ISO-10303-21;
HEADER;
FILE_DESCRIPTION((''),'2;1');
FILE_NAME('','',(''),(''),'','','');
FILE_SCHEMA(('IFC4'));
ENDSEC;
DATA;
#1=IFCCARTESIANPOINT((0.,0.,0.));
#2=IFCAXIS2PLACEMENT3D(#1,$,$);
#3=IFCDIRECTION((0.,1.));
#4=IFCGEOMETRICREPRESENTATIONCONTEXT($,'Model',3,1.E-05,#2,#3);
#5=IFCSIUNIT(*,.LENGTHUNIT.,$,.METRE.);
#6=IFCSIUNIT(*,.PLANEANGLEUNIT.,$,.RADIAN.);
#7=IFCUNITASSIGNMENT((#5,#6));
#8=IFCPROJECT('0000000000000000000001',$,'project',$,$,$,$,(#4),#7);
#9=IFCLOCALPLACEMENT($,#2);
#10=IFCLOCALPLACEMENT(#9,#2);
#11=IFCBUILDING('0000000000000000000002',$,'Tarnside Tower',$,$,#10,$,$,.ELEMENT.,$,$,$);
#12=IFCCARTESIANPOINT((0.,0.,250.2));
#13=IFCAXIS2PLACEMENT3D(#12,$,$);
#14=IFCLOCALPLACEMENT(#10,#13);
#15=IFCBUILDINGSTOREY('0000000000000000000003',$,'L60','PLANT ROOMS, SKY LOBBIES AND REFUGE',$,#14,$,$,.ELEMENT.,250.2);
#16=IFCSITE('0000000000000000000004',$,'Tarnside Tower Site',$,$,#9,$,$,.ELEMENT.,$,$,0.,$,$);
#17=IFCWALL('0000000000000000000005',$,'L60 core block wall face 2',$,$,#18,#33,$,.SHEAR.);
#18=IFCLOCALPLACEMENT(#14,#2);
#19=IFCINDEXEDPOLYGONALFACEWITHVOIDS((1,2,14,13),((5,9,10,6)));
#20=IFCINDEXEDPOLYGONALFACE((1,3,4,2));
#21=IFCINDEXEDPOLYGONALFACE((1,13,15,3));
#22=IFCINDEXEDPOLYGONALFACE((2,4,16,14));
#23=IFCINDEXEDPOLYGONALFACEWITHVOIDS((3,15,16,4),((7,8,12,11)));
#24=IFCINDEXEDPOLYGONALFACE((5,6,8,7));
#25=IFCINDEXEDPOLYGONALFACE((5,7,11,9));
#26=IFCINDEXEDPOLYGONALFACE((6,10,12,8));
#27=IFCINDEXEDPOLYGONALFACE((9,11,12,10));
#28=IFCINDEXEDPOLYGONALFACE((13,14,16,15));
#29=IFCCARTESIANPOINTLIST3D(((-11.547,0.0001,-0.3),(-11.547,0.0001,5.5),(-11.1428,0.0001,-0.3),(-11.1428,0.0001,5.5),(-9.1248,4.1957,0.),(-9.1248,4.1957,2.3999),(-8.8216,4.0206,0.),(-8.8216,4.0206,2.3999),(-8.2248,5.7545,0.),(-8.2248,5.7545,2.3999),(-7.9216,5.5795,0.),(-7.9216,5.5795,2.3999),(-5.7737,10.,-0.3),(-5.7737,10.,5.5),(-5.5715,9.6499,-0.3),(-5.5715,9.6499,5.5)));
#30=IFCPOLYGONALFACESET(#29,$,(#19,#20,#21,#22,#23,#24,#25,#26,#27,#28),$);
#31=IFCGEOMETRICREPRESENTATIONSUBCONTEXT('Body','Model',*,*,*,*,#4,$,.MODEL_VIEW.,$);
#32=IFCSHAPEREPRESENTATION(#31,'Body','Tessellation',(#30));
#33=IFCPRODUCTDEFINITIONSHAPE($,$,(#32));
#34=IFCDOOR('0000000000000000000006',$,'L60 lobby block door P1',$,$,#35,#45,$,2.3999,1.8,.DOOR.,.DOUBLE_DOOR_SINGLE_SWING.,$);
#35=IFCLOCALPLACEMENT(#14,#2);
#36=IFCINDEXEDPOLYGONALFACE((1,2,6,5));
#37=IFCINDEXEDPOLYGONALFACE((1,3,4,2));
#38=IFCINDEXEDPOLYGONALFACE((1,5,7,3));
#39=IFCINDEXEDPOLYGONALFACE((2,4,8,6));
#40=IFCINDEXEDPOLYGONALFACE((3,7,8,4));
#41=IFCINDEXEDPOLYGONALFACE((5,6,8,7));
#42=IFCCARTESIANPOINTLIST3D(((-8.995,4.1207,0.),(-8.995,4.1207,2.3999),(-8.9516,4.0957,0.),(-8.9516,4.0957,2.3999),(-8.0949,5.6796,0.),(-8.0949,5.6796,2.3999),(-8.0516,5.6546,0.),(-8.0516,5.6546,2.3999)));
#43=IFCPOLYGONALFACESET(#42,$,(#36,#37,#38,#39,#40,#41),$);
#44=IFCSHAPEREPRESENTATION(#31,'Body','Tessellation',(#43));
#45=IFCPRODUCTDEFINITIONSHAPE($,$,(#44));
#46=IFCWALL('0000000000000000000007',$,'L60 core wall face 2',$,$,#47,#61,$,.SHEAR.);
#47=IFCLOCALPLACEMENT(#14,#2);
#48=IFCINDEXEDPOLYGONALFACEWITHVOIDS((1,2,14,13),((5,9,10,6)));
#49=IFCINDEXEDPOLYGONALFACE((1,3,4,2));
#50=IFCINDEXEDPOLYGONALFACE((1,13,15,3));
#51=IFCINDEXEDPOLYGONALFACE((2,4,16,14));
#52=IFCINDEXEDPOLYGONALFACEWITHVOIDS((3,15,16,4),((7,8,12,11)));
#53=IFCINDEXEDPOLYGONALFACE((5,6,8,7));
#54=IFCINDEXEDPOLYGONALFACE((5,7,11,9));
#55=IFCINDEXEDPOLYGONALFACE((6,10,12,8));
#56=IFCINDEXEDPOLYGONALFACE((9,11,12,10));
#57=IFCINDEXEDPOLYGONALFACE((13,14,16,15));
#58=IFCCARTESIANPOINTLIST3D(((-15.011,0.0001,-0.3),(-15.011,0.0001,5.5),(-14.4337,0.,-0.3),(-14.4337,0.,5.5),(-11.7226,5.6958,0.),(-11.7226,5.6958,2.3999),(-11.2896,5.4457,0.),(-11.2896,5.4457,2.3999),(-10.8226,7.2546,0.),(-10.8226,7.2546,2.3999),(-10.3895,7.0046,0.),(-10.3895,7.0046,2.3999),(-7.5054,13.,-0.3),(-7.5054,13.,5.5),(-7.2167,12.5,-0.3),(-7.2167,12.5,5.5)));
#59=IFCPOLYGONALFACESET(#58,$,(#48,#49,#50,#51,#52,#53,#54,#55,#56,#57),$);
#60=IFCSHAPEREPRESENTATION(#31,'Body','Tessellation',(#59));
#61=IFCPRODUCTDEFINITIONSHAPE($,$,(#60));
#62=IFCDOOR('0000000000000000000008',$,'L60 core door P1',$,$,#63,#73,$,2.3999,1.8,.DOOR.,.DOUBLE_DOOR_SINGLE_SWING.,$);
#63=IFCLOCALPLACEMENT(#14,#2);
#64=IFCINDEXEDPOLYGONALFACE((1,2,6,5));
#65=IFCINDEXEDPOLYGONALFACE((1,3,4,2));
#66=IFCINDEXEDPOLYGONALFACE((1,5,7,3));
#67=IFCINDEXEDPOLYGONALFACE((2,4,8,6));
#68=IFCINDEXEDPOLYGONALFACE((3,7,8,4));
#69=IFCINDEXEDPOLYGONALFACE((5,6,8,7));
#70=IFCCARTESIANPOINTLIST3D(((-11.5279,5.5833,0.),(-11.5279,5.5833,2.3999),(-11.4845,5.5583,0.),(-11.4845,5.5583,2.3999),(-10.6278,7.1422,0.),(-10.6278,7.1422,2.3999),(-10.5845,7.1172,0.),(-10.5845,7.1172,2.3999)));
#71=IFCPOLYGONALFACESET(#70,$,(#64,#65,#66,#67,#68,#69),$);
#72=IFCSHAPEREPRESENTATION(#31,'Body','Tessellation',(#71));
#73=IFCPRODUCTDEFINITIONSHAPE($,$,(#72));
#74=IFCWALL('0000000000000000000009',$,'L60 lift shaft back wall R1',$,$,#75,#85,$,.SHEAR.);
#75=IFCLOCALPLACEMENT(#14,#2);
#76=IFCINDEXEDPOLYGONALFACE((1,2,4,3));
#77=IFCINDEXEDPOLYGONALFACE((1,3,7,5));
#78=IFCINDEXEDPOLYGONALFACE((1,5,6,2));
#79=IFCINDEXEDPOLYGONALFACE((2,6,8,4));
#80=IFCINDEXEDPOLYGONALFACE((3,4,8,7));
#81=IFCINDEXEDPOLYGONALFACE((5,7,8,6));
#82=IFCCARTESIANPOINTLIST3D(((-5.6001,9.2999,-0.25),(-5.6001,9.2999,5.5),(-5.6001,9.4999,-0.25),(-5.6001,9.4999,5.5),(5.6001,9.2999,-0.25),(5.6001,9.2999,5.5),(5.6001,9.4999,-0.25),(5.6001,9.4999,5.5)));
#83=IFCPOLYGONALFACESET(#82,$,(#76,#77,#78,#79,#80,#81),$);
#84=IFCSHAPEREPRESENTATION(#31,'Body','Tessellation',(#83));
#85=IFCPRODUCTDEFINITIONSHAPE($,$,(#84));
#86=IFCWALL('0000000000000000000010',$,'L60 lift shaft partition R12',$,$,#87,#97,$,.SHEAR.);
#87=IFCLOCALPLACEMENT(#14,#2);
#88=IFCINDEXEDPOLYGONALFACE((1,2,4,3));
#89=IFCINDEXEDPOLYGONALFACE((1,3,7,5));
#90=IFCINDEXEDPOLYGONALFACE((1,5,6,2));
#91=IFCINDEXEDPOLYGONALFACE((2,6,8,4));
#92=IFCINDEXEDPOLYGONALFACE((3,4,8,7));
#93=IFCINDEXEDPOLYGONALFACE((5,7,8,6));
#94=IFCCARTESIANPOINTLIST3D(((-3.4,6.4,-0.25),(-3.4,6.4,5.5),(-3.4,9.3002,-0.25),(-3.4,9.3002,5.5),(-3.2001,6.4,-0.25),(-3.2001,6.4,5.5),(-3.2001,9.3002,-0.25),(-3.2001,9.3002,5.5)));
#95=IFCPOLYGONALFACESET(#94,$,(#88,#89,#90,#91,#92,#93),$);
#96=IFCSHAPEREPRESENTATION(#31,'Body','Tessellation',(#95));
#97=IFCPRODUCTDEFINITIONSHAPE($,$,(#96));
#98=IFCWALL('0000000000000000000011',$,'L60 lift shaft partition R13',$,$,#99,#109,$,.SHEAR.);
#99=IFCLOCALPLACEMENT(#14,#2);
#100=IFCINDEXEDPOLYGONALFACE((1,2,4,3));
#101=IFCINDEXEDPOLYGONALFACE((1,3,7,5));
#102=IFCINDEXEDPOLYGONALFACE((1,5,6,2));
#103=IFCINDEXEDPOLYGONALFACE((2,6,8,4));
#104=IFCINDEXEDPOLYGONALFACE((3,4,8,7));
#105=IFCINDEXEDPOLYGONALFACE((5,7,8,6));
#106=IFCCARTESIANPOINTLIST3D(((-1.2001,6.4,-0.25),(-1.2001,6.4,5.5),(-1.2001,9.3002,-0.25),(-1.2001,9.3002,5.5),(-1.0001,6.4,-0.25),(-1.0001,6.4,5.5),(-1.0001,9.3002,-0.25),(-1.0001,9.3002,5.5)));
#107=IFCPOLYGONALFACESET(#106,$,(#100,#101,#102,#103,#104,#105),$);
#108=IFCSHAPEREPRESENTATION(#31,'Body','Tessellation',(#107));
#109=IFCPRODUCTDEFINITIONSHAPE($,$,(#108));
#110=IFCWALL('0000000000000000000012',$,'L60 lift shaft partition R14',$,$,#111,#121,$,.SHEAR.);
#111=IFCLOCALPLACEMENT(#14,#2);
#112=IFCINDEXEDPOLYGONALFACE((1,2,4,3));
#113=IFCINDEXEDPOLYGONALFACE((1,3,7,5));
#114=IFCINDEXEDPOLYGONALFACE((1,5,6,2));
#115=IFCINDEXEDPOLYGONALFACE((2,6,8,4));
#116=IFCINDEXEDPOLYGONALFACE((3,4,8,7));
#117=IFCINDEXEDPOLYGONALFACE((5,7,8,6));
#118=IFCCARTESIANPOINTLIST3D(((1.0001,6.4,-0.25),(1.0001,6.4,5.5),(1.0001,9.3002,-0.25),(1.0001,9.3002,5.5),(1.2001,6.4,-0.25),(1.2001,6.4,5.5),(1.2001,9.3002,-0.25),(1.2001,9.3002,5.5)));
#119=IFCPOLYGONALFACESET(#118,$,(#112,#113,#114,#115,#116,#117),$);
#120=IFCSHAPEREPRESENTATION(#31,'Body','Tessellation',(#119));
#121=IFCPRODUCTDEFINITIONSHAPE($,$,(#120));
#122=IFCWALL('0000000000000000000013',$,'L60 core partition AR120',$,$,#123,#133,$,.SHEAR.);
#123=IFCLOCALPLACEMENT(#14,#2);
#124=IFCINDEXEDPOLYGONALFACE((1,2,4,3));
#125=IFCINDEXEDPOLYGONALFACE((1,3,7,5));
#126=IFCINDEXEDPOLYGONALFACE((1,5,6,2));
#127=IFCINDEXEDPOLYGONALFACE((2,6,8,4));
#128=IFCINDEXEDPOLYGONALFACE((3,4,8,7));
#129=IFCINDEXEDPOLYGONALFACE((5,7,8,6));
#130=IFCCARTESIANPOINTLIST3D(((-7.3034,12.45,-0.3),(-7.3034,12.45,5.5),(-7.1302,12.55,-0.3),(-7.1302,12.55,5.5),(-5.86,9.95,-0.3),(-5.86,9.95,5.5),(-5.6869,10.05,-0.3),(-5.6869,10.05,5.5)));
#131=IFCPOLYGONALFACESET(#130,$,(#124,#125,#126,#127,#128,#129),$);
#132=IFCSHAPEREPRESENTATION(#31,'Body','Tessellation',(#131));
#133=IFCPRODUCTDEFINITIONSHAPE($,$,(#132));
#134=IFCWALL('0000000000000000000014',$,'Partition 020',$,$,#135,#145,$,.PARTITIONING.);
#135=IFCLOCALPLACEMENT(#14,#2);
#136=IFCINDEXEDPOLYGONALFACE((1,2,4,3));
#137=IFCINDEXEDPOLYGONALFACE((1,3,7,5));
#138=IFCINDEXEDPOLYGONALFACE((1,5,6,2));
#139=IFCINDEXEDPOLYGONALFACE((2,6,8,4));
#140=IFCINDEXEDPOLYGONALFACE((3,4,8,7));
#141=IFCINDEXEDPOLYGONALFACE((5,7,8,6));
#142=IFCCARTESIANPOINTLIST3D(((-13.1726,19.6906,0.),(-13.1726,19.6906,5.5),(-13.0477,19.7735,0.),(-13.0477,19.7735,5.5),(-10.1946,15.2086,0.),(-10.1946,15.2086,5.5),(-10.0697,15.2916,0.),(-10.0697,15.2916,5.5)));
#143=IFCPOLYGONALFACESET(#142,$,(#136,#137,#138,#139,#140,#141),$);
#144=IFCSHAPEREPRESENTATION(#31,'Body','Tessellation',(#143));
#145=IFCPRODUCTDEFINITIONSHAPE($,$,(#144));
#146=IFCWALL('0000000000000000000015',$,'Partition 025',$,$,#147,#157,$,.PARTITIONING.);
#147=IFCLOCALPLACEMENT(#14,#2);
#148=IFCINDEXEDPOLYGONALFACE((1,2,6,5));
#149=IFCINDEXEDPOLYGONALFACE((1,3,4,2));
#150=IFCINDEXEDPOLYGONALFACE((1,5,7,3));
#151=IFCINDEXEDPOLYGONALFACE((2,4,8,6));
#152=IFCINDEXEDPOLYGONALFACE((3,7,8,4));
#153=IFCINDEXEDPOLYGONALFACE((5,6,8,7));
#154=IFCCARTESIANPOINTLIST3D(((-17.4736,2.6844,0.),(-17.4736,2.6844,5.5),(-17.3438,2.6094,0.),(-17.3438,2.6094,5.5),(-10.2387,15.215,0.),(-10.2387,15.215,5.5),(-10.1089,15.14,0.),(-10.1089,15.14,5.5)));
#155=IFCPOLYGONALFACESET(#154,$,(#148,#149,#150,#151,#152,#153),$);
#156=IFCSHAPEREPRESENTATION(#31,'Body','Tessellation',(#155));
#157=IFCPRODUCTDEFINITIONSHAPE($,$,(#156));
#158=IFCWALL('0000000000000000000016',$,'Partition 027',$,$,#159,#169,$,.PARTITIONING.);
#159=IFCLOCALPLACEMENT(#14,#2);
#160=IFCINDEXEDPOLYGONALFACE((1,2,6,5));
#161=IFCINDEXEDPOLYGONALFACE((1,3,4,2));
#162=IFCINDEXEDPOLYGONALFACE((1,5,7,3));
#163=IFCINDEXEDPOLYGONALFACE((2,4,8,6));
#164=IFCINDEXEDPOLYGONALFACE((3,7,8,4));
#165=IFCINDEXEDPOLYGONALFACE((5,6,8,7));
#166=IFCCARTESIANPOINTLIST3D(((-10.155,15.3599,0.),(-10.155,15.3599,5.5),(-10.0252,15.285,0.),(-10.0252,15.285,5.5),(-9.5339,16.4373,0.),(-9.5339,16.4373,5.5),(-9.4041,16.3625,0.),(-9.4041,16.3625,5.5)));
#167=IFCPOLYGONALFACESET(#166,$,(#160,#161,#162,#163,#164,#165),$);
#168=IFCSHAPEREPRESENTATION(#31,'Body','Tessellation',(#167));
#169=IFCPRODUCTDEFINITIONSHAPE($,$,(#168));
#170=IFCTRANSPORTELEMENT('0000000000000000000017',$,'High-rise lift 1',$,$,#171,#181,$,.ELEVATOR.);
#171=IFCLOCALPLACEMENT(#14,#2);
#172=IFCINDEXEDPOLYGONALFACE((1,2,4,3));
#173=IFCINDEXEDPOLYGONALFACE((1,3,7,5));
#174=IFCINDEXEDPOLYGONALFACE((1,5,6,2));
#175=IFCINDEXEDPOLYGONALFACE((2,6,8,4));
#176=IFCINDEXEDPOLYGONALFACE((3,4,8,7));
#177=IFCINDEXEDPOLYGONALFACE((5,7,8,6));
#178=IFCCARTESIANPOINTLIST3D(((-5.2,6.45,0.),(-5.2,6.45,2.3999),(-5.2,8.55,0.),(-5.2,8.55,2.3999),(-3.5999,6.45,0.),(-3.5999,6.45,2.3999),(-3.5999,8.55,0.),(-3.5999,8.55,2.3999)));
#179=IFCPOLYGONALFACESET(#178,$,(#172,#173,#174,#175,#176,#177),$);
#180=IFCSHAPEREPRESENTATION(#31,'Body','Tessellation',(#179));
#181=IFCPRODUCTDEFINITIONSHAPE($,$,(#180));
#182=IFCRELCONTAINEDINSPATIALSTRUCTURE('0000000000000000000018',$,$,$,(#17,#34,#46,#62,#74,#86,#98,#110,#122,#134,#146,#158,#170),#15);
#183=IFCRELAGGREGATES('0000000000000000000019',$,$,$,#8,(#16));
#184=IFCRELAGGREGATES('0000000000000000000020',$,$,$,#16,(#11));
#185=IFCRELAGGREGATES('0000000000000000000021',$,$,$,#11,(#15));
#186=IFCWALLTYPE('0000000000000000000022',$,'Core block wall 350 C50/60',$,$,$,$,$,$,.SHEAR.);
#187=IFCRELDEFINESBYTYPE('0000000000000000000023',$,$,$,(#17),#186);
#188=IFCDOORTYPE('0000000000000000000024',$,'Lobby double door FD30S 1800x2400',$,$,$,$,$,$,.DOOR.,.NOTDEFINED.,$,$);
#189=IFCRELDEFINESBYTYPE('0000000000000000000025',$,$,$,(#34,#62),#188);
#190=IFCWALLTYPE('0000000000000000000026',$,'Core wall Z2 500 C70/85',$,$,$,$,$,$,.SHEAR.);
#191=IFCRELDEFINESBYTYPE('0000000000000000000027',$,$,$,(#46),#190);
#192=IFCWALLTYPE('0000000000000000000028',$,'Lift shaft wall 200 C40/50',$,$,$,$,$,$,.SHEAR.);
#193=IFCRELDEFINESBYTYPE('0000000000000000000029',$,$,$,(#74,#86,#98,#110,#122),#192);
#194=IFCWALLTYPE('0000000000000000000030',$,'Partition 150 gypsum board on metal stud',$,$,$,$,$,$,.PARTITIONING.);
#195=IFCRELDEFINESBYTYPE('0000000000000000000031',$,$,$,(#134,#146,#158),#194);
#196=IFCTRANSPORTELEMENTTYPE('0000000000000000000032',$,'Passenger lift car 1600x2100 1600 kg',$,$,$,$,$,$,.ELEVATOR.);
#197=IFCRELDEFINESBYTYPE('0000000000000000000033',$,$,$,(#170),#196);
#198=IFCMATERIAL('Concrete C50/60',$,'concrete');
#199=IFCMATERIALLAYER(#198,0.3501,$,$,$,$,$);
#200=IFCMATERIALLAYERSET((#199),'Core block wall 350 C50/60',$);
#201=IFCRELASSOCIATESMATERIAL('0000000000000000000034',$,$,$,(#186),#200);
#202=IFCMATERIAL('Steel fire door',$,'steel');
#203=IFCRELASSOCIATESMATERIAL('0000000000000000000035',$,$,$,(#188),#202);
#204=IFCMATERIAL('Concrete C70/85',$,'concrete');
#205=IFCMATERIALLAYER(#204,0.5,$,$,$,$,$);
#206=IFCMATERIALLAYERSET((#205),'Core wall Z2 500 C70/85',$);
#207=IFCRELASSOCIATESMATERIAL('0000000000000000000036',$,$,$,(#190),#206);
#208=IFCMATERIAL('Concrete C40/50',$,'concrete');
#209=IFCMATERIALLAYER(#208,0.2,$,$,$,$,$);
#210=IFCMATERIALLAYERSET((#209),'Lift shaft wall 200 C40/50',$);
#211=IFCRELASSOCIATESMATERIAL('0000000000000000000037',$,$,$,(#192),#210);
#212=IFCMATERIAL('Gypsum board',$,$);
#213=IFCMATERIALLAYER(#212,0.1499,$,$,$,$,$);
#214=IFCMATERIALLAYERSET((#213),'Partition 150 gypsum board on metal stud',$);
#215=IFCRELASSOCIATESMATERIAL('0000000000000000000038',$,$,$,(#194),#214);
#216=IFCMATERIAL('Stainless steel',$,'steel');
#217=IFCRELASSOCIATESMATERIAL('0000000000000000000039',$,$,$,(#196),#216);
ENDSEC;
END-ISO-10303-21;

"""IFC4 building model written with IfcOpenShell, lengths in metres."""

from ifc_helpers import new_model, si_unit, direction, frame, frame_2d, origin, origin_2d, place, context, subcontext, project, spatial, polyline, rectangle, outline, extrude, material, layer, layer_set, type_object, element, fill, save


model = new_model("IFC4")

# Units and contexts
model_context = context("Model", 3, precision=1e-05, world=origin(), true_north=direction((0.0, 1.0)))
body_context = subcontext(model_context, "Body", "Model", "MODEL_VIEW")
ifc_project = project(units=[si_unit("LENGTHUNIT", "METRE"), si_unit("PLANEANGLEUNIT", "RADIAN")], contexts=[model_context])

# Site, building, storey
site_placement = place(None, origin())
site = spatial("IfcSite", under=ifc_project, at=site_placement, Name="Tarnside Tower Site", CompositionType="ELEMENT", RefElevation=0.0)
building_placement = place(site_placement, origin())
building = spatial("IfcBuilding", under=site, at=building_placement, Name="Tarnside Tower", CompositionType="ELEMENT")
storey_placement = place(building_placement, frame((0.0, 0.0, 250.2)))
storey = spatial("IfcBuildingStorey", under=building, at=storey_placement, Name="L60", Description="PLANT ROOMS, SKY LOBBIES AND REFUGE", CompositionType="ELEMENT", Elevation=250.2)

# Walls, openings, doors
ifc_material_1 = material(Name="Concrete C50/60", Category="concrete")
ifc_layer_1 = layer(ifc_material_1, 0.3501)
ifc_layer_set_1 = layer_set([ifc_layer_1], Name="Core block wall 350 C50/60")
wall_type_1 = type_object("IfcWallType", Name="Core block wall 350 C50/60", PredefinedType="SHEAR", material=ifc_layer_set_1)
wall_1_placement = place(storey_placement, frame((-5.6726, 9.825, -0.3), z_axis=(0.0, 0.0, 1.0), x_axis=(-0.499995, -0.866028, 0.0)))
wall_1 = element("IfcWall", 1, at=wall_1_placement, inside=storey, type_object=wall_type_1, Name="L60 core block wall face 2", PredefinedType="SHEAR", context=body_context, shape_type="SweptSolid", body=[
    extrude(outline(polyline([(-0.1011, -0.175), (11.4458, -0.175), (11.2437, 0.175), (0.1011, 0.175), (-0.1011, -0.175)])), origin(), (0.0, 0.0, 1.0), 5.8),
])
opening_1_placement = place(wall_1_placement, frame((4.8013, 0.0, 0.3)))
opening_1 = element("IfcOpeningElement", 2, at=opening_1_placement, cuts=wall_1, PredefinedType="OPENING", context=body_context, shape_type="SweptSolid", body=[
    extrude(rectangle(XDim=1.8, YDim=2.3999, at=frame_2d((0.8999, 1.2))), frame((0.0, 0.1851, 0.0), z_axis=(0.0, -1.0, 0.0), x_axis=(1.0, 0.0, 0.0)), (0.0, 0.0, 1.0), 0.3701),
])
ifc_material_2 = material(Name="Steel fire door", Category="steel")
door_type = type_object("IfcDoorType", Name="Lobby double door FD30S 1800x2400", OperationType="NOTDEFINED", PredefinedType="DOOR", material=ifc_material_2)
door_1_placement = place(opening_1_placement, origin())
door_1 = element("IfcDoor", 3, at=door_1_placement, inside=storey, type_object=door_type, Name="L60 lobby block door P1", OperationType="DOUBLE_DOOR_SINGLE_SWING", OverallHeight=2.3999, OverallWidth=1.8, PredefinedType="DOOR", context=body_context, shape_type="SweptSolid", body=[
    extrude(rectangle(XDim=1.8, YDim=2.3999, at=frame_2d((0.8999, 1.2))), frame((0.0, 0.0249, 0.0), z_axis=(0.0, -1.0, 0.0), x_axis=(1.0, 0.0, 0.0)), (0.0, 0.0, 1.0), 0.05),
])
fill(opening_1, door_1)
ifc_material_3 = material(Name="Concrete C70/85", Category="concrete")
ifc_layer_2 = layer(ifc_material_3, 0.5)
ifc_layer_set_2 = layer_set([ifc_layer_2], Name="Core wall Z2 500 C70/85")
wall_type_2 = type_object("IfcWallType", Name="Core wall Z2 500 C70/85", PredefinedType="SHEAR", material=ifc_layer_set_2)
wall_2_placement = place(storey_placement, frame((-7.3611, 12.75, -0.3), z_axis=(0.0, 0.0, 1.0), x_axis=(-0.500006, -0.866022, 0.0)))
wall_2 = element("IfcWall", 4, at=wall_2_placement, inside=storey, type_object=wall_type_2, Name="L60 core wall face 2", PredefinedType="SHEAR", context=body_context, shape_type="SweptSolid", body=[
    extrude(outline(polyline([(-0.1443, -0.25), (14.8667, -0.25), (14.5781, 0.25), (0.1443, 0.25), (-0.1443, -0.25)])), origin(), (0.0, 0.0, 1.0), 5.8),
])
opening_2_placement = place(wall_2_placement, frame((6.49, 0.0, 0.3)))
opening_2 = element("IfcOpeningElement", 5, at=opening_2_placement, cuts=wall_2, PredefinedType="OPENING", context=body_context, shape_type="SweptSolid", body=[
    extrude(rectangle(XDim=1.8, YDim=2.3999, at=frame_2d((0.8999, 1.2))), frame((0.0, 0.26, 0.0), z_axis=(0.0, -1.0, 0.0), x_axis=(1.0, 0.0, 0.0)), (0.0, 0.0, 1.0), 0.52),
])
door_2_placement = place(opening_2_placement, origin())
door_2 = element("IfcDoor", 6, at=door_2_placement, inside=storey, type_object=door_type, Name="L60 core door P1", OperationType="DOUBLE_DOOR_SINGLE_SWING", OverallHeight=2.3999, OverallWidth=1.8, PredefinedType="DOOR", context=body_context, shape_type="SweptSolid", body=[
    extrude(rectangle(XDim=1.8, YDim=2.3999, at=frame_2d((0.8999, 1.2))), frame((0.0, 0.0249, 0.0), z_axis=(0.0, -1.0, 0.0), x_axis=(1.0, 0.0, 0.0)), (0.0, 0.0, 1.0), 0.05),
])
fill(opening_2, door_2)

# Walls
ifc_material_4 = material(Name="Concrete C40/50", Category="concrete")
ifc_layer_3 = layer(ifc_material_4, 0.2)
ifc_layer_set_3 = layer_set([ifc_layer_3], Name="Lift shaft wall 200 C40/50")
wall_type_3 = type_object("IfcWallType", Name="Lift shaft wall 200 C40/50", PredefinedType="SHEAR", material=ifc_layer_set_3)
wall_3_placement = place(storey_placement, frame((-5.6001, 9.3999, -0.25), z_axis=(0.0, 0.0, 1.0), x_axis=(1.0, 0.0, 0.0)))
element("IfcWall", 7, at=wall_3_placement, inside=storey, type_object=wall_type_3, Name="L60 lift shaft back wall R1", PredefinedType="SHEAR", context=body_context, shape_type="SweptSolid", body=[
    extrude(rectangle(XDim=11.2002, YDim=0.2, at=frame_2d((5.6001, 0.0))), origin(), (0.0, 0.0, 1.0), 5.75),
])
for number, where, z_axis, x_axis, name in (
    (8, (-3.3, 6.3999, -0.25), (0.0, 0.0, 1.0), (0.0, 1.0, 0.0), "L60 lift shaft partition R12"),
    (9, (-1.1001, 6.3999, -0.25), (0.0, 0.0, 1.0), (0.0, 1.0, 0.0), "L60 lift shaft partition R13"),
    (10, (1.1001, 6.3999, -0.25), (0.0, 0.0, 1.0), (0.0, 1.0, 0.0), "L60 lift shaft partition R14"),
):
    element("IfcWall", number, at=place(storey_placement, frame(where, z_axis=z_axis, x_axis=x_axis)), inside=storey, type_object=wall_type_3, Name=name, PredefinedType="SHEAR", context=body_context, shape_type="SweptSolid", body=[
        extrude(rectangle(XDim=2.9001, YDim=0.2, at=frame_2d((1.4502, 0.0))), origin(), (0.0, 0.0, 1.0), 5.75),
    ])
wall_4_placement = place(storey_placement, frame((-5.7734, 10.0, -0.3), z_axis=(0.0, 0.0, 1.0), x_axis=(-0.499996, 0.866028, 0.0)))
element("IfcWall", 11, at=wall_4_placement, inside=storey, type_object=wall_type_3, Name="L60 core partition AR120", PredefinedType="SHEAR", context=body_context, shape_type="SweptSolid", body=[
    extrude(rectangle(XDim=2.8867, YDim=0.2, at=frame_2d((1.4434, 0.0))), origin(), (0.0, 0.0, 1.0), 5.8),
])
ifc_material_5 = material(Name="Gypsum board")
ifc_layer_4 = layer(ifc_material_5, 0.1499)
ifc_layer_set_4 = layer_set([ifc_layer_4], Name="Partition 150 gypsum board on metal stud")
wall_type_4 = type_object("IfcWallType", Name="Partition 150 gypsum board on metal stud", PredefinedType="PARTITIONING", material=ifc_layer_set_4)
wall_5_placement = place(storey_placement, frame((-13.1101, 19.7319, 0.0), z_axis=(0.0, 0.0, 1.0), x_axis=(0.553422, -0.832901, 0.0)))
element("IfcWall", 12, at=wall_5_placement, inside=storey, type_object=wall_type_4, Name="Partition 020", PredefinedType="PARTITIONING", context=body_context, shape_type="SweptSolid", body=[
    extrude(rectangle(XDim=5.3811, YDim=0.1499, at=frame_2d((2.6904, 0.0))), origin(), (0.0, 0.0, 1.0), 5.5),
])
wall_6_placement = place(storey_placement, frame((-10.1738, 15.1775, 0.0), z_axis=(0.0, 0.0, 1.0), x_axis=(-0.500019, -0.866014, 0.0)))
element("IfcWall", 13, at=wall_6_placement, inside=storey, type_object=wall_type_4, Name="Partition 025", PredefinedType="PARTITIONING", context=body_context, shape_type="SweptSolid", body=[
    extrude(rectangle(XDim=14.4692, YDim=0.1499, at=frame_2d((7.2346, 0.0))), origin(), (0.0, 0.0, 1.0), 5.5),
])
wall_7_placement = place(storey_placement, frame((-9.469, 16.3999, 0.0), z_axis=(0.0, 0.0, 1.0), x_axis=(-0.499434, -0.866352, 0.0)))
element("IfcWall", 14, at=wall_7_placement, inside=storey, type_object=wall_type_4, Name="Partition 027", PredefinedType="PARTITIONING", context=body_context, shape_type="SweptSolid", body=[
    extrude(rectangle(XDim=1.2437, YDim=0.1499, at=frame_2d((0.6218, 0.0))), origin(), (0.0, 0.0, 1.0), 5.5),
])

# Transport element
ifc_material_6 = material(Name="Stainless steel", Category="steel")
transport_element_type = type_object("IfcTransportElementType", Name="Passenger lift car 1600x2100 1600 kg", PredefinedType="ELEVATOR", material=ifc_material_6)
for number, where, z_axis, x_axis, name in (
    (15, (-4.3999, 7.5, 0.0), (0.0, 0.0, 1.0), (1.0, 0.0, 0.0), "High-rise lift 1"),
):
    element("IfcTransportElement", number, at=place(storey_placement, frame(where, z_axis=z_axis, x_axis=x_axis)), inside=storey, type_object=transport_element_type, Name=name, PredefinedType="ELEVATOR", context=body_context, shape_type="SweptSolid", body=[
        extrude(rectangle(XDim=1.6001, YDim=2.1001, at=origin_2d()), origin(), (0.0, 0.0, 1.0), 2.3999),
    ])

save(model, "model.ifc")
